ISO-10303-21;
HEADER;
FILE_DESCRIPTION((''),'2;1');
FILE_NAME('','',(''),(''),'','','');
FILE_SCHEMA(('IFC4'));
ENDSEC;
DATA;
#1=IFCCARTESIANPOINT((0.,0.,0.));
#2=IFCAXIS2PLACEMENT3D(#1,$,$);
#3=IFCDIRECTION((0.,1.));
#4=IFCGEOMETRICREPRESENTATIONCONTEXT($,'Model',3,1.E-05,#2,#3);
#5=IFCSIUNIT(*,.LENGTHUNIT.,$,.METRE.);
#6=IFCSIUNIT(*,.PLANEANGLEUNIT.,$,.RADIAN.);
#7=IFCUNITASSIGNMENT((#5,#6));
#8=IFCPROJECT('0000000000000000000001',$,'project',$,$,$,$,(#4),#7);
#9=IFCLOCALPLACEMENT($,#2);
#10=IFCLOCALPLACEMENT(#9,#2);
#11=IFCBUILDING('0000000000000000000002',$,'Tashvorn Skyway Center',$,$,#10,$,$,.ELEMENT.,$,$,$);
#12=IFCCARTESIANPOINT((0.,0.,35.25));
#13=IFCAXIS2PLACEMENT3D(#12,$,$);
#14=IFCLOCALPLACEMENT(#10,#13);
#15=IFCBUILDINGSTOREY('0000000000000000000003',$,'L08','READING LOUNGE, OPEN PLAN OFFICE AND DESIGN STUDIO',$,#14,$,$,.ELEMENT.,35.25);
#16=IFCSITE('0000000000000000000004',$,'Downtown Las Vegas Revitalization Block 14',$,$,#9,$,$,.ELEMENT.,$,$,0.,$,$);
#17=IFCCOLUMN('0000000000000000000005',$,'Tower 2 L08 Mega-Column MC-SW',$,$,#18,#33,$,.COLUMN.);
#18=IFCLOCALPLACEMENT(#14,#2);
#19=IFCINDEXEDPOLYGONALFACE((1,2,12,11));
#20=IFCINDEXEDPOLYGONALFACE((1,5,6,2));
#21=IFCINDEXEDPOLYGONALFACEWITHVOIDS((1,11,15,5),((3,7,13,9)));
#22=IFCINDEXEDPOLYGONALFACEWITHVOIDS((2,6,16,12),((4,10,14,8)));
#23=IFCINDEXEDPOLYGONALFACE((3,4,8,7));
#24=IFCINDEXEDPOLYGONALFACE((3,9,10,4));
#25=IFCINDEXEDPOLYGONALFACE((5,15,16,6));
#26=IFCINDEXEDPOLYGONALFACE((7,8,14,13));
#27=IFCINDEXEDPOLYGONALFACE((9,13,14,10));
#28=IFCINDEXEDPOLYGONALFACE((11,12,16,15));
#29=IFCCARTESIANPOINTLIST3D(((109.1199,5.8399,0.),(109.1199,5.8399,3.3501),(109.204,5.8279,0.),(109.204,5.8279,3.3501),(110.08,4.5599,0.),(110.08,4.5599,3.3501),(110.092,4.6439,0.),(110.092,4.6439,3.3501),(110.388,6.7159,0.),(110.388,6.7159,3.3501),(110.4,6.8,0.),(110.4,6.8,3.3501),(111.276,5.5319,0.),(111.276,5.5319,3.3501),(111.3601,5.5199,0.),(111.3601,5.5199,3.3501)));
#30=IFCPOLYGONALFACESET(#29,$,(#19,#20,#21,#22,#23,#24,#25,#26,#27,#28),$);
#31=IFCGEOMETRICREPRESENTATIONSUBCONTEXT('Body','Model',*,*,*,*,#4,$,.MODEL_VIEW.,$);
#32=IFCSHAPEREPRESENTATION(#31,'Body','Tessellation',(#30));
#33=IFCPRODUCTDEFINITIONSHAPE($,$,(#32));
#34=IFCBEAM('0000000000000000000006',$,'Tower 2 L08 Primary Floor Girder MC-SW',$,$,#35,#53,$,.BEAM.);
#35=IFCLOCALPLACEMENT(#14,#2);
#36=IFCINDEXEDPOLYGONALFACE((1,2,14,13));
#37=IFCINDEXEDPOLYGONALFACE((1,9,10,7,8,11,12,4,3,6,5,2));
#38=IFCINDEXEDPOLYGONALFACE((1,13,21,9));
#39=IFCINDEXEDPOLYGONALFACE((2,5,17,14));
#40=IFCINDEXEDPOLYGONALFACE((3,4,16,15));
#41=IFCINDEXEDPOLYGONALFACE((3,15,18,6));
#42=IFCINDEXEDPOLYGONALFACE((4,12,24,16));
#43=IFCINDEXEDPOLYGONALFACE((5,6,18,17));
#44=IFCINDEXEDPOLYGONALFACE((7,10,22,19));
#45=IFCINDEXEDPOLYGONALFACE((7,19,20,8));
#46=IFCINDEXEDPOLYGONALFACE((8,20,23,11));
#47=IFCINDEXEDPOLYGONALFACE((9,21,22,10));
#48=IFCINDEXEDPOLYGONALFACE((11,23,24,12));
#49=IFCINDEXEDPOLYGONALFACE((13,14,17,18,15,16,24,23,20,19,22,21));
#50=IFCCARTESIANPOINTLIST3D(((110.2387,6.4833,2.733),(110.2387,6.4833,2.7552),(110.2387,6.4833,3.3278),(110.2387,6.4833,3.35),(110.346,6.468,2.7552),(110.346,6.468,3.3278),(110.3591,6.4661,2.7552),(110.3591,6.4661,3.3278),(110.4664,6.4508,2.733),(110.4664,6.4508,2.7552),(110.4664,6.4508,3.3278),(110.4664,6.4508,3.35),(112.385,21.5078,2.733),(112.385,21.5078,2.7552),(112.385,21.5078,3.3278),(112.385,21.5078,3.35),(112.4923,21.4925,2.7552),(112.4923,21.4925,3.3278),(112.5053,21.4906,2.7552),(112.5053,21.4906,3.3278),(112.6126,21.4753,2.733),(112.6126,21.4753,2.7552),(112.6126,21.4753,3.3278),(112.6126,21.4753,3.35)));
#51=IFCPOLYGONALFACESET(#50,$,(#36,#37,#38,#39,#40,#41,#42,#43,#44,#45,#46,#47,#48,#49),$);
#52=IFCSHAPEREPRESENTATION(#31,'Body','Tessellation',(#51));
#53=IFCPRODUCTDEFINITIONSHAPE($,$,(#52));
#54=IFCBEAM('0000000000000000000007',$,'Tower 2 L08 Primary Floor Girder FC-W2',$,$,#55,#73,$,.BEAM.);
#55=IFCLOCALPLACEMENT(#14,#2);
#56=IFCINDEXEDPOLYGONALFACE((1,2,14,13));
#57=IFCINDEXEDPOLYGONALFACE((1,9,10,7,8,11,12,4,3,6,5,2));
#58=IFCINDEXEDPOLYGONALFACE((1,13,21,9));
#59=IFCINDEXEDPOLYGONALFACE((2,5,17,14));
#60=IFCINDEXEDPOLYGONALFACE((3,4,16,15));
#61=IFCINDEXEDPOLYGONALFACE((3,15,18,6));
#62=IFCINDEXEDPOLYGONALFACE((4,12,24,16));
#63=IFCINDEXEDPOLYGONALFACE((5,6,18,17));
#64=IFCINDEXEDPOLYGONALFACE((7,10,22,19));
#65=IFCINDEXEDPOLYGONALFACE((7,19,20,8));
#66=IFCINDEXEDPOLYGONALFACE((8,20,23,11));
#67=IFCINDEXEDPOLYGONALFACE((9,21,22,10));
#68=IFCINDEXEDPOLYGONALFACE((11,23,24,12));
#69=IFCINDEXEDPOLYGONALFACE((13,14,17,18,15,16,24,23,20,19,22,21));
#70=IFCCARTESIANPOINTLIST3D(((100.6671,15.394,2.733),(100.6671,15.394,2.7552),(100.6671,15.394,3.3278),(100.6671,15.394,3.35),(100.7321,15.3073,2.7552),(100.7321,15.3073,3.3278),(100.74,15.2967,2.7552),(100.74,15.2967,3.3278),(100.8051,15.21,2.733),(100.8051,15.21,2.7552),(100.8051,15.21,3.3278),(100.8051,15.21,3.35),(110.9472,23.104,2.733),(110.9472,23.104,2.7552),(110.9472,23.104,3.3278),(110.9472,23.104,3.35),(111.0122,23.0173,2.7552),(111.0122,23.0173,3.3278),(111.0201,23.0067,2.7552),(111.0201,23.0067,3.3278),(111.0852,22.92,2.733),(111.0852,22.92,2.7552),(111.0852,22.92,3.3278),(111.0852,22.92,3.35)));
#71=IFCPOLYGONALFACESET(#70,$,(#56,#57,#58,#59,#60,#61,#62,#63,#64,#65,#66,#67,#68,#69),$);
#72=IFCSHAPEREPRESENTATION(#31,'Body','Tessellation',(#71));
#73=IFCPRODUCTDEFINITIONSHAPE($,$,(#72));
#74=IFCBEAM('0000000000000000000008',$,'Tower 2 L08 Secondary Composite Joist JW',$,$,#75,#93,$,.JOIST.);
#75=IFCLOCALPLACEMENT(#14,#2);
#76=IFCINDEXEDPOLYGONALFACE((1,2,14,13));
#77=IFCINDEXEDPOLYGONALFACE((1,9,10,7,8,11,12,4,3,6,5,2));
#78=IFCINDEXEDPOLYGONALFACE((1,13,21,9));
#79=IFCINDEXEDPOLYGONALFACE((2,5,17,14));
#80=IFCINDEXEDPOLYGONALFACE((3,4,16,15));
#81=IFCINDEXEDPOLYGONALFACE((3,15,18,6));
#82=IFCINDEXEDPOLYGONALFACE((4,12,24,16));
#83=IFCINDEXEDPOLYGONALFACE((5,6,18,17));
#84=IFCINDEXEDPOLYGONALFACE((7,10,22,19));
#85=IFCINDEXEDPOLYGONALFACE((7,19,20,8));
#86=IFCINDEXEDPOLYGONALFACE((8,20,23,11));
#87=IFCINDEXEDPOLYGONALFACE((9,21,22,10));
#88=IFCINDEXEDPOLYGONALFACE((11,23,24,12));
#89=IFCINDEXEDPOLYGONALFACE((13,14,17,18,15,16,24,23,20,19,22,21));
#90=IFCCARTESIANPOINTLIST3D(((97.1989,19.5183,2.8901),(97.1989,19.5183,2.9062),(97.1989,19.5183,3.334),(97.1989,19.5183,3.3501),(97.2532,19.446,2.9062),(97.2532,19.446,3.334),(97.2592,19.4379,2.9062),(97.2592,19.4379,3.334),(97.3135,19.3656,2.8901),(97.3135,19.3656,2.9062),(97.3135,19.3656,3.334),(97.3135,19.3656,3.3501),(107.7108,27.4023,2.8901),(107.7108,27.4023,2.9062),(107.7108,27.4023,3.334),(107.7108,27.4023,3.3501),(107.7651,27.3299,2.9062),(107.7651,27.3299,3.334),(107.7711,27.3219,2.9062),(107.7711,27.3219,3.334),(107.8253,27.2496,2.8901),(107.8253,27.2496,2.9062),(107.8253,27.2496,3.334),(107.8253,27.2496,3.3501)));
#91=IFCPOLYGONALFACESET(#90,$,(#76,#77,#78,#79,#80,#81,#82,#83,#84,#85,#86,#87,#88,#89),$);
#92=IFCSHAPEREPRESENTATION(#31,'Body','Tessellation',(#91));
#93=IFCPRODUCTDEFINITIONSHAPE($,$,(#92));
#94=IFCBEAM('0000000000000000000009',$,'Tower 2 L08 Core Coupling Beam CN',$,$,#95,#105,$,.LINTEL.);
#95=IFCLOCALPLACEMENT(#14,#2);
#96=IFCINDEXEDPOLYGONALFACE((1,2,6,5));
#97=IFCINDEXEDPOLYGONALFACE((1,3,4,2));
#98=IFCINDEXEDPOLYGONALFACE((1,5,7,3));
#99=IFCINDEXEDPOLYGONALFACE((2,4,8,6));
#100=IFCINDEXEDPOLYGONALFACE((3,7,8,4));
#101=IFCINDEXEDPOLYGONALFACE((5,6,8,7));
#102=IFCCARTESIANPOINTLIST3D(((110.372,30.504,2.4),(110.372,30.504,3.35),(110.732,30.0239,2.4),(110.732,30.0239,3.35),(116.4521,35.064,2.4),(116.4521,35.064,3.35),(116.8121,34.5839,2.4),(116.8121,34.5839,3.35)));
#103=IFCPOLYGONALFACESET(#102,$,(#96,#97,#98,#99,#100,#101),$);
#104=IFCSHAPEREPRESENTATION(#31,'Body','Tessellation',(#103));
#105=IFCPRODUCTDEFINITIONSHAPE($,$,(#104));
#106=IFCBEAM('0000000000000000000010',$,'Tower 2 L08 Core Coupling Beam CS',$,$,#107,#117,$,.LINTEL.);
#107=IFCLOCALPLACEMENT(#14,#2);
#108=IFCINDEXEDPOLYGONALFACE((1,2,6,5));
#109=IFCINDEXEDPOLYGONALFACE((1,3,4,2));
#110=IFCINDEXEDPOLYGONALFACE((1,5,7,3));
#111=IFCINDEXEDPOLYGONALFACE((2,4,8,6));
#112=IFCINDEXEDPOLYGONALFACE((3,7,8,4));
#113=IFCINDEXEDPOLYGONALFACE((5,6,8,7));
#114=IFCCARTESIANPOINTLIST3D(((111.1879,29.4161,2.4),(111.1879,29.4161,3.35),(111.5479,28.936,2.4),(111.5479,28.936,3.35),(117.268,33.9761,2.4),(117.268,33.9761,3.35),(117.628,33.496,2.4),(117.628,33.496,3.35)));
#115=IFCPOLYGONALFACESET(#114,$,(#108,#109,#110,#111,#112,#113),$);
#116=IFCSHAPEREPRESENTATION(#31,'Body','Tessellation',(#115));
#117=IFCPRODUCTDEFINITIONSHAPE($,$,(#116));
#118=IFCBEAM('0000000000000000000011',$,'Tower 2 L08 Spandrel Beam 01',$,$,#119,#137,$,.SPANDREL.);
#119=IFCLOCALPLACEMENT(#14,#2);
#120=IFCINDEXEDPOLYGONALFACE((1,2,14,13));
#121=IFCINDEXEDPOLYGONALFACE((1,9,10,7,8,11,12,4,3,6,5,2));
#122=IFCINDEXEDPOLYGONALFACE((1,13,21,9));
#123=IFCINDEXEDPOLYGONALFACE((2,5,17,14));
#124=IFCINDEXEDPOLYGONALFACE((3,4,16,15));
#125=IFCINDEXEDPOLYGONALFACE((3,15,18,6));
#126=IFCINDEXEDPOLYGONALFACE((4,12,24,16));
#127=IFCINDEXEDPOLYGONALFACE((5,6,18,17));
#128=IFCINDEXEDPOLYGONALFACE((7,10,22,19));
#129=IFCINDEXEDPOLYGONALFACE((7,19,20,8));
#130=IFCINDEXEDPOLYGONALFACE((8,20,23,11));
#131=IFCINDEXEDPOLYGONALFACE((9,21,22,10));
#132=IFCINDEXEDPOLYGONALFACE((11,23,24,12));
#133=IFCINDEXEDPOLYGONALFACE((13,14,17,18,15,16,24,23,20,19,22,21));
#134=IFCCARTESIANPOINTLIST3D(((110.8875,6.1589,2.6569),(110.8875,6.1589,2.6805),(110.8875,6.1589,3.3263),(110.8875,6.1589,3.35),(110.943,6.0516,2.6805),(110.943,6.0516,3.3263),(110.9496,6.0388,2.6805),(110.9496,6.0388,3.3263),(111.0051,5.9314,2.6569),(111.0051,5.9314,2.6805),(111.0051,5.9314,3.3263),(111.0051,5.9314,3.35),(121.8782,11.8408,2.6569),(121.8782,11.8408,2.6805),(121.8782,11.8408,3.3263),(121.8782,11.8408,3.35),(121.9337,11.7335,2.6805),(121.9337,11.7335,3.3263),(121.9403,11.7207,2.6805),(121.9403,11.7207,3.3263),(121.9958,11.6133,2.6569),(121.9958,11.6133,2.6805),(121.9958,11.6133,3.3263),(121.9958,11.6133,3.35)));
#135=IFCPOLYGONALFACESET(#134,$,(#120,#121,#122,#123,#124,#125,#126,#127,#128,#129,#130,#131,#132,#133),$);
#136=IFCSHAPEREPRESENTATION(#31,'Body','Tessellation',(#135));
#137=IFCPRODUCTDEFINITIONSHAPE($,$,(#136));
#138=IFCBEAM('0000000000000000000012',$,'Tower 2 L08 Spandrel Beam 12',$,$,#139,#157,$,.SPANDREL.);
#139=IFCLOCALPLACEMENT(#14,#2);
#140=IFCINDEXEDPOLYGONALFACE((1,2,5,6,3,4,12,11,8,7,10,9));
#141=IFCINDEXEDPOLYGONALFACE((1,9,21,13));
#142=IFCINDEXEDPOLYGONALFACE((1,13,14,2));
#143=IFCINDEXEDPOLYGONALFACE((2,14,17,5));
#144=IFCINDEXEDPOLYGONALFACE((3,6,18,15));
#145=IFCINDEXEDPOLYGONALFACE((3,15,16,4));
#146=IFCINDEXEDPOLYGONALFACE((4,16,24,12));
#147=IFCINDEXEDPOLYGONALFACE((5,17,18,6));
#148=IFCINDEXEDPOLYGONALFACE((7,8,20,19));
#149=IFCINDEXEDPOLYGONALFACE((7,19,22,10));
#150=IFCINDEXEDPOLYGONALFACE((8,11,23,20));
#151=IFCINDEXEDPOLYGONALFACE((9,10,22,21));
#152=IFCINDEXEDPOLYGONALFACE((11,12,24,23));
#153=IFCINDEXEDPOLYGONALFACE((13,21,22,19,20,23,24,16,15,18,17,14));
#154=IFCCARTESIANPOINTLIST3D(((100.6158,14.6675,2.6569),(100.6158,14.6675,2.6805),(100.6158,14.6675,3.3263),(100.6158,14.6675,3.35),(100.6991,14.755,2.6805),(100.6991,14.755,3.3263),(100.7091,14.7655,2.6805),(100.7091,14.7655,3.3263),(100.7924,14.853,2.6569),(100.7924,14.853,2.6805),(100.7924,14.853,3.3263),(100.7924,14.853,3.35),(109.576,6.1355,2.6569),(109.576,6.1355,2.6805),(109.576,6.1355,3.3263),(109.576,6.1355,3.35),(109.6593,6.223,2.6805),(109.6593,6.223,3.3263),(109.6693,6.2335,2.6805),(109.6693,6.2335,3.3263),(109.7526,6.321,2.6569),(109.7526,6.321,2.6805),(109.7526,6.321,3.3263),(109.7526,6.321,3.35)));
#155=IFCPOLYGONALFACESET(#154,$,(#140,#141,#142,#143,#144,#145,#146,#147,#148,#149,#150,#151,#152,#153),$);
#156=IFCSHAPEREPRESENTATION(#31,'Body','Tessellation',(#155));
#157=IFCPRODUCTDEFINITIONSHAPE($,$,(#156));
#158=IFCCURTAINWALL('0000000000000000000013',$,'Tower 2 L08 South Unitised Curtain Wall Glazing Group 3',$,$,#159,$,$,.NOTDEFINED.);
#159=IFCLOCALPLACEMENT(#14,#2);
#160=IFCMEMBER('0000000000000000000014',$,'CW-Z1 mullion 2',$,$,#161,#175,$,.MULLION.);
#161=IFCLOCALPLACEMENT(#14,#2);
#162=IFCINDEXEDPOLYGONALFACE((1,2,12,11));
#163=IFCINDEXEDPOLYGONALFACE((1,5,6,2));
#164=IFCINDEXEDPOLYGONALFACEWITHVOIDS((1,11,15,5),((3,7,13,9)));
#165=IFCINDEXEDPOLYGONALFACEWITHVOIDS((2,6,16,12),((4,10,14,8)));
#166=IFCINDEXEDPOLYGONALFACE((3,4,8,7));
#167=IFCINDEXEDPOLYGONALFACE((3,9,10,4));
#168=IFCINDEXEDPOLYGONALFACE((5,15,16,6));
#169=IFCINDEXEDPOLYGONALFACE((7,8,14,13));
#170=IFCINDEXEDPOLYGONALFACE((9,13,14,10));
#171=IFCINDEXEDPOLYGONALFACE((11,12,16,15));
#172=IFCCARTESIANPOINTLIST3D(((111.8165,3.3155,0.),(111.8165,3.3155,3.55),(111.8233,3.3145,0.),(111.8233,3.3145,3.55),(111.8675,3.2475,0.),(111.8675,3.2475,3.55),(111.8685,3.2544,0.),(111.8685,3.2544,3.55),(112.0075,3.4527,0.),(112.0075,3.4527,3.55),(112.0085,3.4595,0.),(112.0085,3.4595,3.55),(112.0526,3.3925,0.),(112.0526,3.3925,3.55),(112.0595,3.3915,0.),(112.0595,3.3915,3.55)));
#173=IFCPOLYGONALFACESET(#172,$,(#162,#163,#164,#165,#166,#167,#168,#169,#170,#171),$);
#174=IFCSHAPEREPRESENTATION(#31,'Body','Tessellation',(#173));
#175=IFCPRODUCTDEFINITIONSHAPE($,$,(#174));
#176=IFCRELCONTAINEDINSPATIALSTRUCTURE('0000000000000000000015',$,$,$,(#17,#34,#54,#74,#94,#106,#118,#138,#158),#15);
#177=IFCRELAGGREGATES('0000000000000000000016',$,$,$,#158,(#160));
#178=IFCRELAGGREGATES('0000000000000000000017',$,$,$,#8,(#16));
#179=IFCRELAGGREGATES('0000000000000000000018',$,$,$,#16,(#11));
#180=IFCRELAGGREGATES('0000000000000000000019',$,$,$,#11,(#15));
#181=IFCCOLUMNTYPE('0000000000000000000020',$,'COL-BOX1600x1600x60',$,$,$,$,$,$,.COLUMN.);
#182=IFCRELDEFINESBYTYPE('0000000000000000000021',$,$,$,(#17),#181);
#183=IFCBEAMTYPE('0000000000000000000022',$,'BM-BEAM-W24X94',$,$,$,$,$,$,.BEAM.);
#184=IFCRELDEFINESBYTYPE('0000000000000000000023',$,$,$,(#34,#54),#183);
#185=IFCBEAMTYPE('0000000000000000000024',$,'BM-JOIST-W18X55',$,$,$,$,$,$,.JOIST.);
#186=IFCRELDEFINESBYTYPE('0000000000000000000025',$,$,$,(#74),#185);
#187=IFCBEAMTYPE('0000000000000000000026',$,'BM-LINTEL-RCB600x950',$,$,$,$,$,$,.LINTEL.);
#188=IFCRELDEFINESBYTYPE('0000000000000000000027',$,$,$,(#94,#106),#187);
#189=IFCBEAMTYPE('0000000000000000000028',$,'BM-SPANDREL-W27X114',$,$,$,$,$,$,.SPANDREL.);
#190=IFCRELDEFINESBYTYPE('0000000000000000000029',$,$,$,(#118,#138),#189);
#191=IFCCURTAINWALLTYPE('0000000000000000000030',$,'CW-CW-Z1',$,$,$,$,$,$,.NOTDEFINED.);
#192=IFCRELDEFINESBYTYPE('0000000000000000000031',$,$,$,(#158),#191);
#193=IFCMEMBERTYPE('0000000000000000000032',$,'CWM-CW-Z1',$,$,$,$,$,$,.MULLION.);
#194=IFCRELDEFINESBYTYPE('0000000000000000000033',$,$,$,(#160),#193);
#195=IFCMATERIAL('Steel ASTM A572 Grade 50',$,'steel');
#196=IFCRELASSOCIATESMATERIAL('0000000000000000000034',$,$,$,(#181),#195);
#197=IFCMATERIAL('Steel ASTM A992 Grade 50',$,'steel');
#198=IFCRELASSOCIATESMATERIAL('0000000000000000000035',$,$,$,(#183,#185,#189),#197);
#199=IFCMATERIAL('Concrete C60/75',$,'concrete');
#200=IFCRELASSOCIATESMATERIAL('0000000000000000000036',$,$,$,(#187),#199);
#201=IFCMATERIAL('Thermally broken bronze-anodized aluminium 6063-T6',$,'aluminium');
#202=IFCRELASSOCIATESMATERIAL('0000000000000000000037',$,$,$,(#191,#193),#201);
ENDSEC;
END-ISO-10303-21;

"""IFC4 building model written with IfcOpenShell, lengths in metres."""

from ifc_helpers import new_model, si_unit, direction, frame, origin, origin_2d, place, context, subcontext, project, spatial, rectangle, hollow_rectangle, i_section, extrude, material, material_profile, profile_set, type_object, element, aggregate, save


model = new_model("IFC4")

# Units and contexts
model_context = context("Model", 3, precision=1e-05, world=origin(), true_north=direction((0.0, 1.0)))
body_context = subcontext(model_context, "Body", "Model", "MODEL_VIEW")
ifc_project = project(units=[si_unit("LENGTHUNIT", "METRE"), si_unit("PLANEANGLEUNIT", "RADIAN")], contexts=[model_context])

# Site, building, storey
site_placement = place(None, origin())
site = spatial("IfcSite", under=ifc_project, at=site_placement, Name="Downtown Las Vegas Revitalization Block 14", CompositionType="ELEMENT", RefElevation=0.0)
building_placement = place(site_placement, origin())
building = spatial("IfcBuilding", under=site, at=building_placement, Name="Tashvorn Skyway Center", CompositionType="ELEMENT")
storey_placement = place(building_placement, frame((0.0, 0.0, 35.25)))
storey = spatial("IfcBuildingStorey", under=building, at=storey_placement, Name="L08", Description="READING LOUNGE, OPEN PLAN OFFICE AND DESIGN STUDIO", CompositionType="ELEMENT", Elevation=35.25)

# Column
ifc_material_1 = material(Name="Steel ASTM A572 Grade 50", Category="steel")
ifc_material_profile_1 = material_profile(ifc_material_1, hollow_rectangle(XDim=1.6001, YDim=1.6001, WallThickness=0.0601, at=origin_2d()), Name="BOX1600x1600x60")
ifc_profile_set_1 = profile_set([ifc_material_profile_1], Name="Steel ASTM A572 Grade 50")
column_type = type_object("IfcColumnType", Name="COL-BOX1600x1600x60", PredefinedType="COLUMN", material=ifc_profile_set_1)
column_placement = place(storey_placement, frame((110.24, 5.6799, 0.0), z_axis=(0.0, 0.0, 1.0), x_axis=(0.8, 0.6, 0.0)))
element("IfcColumn", 1, at=column_placement, inside=storey, type_object=column_type, Name="Tower 2 L08 Mega-Column MC-SW", PredefinedType="COLUMN", context=body_context, shape_type="SweptSolid", body=[
    extrude(hollow_rectangle(XDim=1.6001, YDim=1.6001, WallThickness=0.0601, at=origin_2d()), origin(), (0.0, 0.0, 1.0), 3.3501),
])

# Beams
ifc_material_2 = material(Name="Steel ASTM A992 Grade 50", Category="steel")
ifc_material_profile_2 = material_profile(ifc_material_2, i_section(OverallWidth=0.23, OverallDepth=0.6169, WebThickness=0.0132, FlangeThickness=0.0222, at=origin_2d()), Name="W24X94")
ifc_profile_set_2 = profile_set([ifc_material_profile_2], Name="Steel ASTM A992 Grade 50")
beam_type_1 = type_object("IfcBeamType", Name="BM-BEAM-W24X94", PredefinedType="BEAM", material=ifc_profile_set_2)
beam_1_placement = place(storey_placement, frame((110.3525, 6.467, 3.0415), z_axis=(0.141415, 0.98995, 0.0), x_axis=(-0.98995, 0.141415, 0.0)))
element("IfcBeam", 2, at=beam_1_placement, inside=storey, type_object=beam_type_1, Name="Tower 2 L08 Primary Floor Girder MC-SW", PredefinedType="BEAM", context=body_context, shape_type="SweptSolid", body=[
    extrude(i_section(OverallWidth=0.23, OverallDepth=0.6169, WebThickness=0.0132, FlangeThickness=0.0222, at=origin_2d()), origin(), (0.0, 0.0, 1.0), 15.177),
])
beam_2_placement = place(storey_placement, frame((100.7361, 15.302, 3.0415), z_axis=(0.800002, 0.599997, 0.0), x_axis=(-0.599997, 0.800002, 0.0)))
element("IfcBeam", 3, at=beam_2_placement, inside=storey, type_object=beam_type_1, Name="Tower 2 L08 Primary Floor Girder FC-W2", PredefinedType="BEAM", context=body_context, shape_type="SweptSolid", body=[
    extrude(i_section(OverallWidth=0.23, OverallDepth=0.6169, WebThickness=0.0132, FlangeThickness=0.0222, at=origin_2d()), origin(), (0.0, 0.0, 1.0), 12.8501),
])
ifc_material_profile_3 = material_profile(ifc_material_2, i_section(OverallWidth=0.1909, OverallDepth=0.46, WebThickness=0.01, FlangeThickness=0.0161, at=origin_2d()), Name="W18X55")
ifc_profile_set_3 = profile_set([ifc_material_profile_3], Name="Steel ASTM A992 Grade 50")
beam_type_2 = type_object("IfcBeamType", Name="BM-JOIST-W18X55", PredefinedType="JOIST", material=ifc_profile_set_3)
beam_3_placement = place(storey_placement, frame((107.7681, 27.3259, 3.1201), z_axis=(-0.799998, -0.600003, 0.0), x_axis=(0.600003, -0.799998, 0.0)))
element("IfcBeam", 4, at=beam_3_placement, inside=storey, type_object=beam_type_2, Name="Tower 2 L08 Secondary Composite Joist JW", PredefinedType="JOIST", context=body_context, shape_type="SweptSolid", body=[
    extrude(i_section(OverallWidth=0.1909, OverallDepth=0.46, WebThickness=0.01, FlangeThickness=0.0161, at=origin_2d()), origin(), (0.0, 0.0, 1.0), 13.1399),
])
ifc_material_3 = material(Name="Concrete C60/75", Category="concrete")
ifc_material_profile_4 = material_profile(ifc_material_3, rectangle(XDim=0.6001, YDim=0.95, at=origin_2d()), Name="RCB600x950")
ifc_profile_set_4 = profile_set([ifc_material_profile_4], Name="Concrete C60/75")
beam_type_3 = type_object("IfcBeamType", Name="BM-LINTEL-RCB600x950", PredefinedType="LINTEL", material=ifc_profile_set_4)
for number, where, z_axis, x_axis, name in (
    (5, (110.552, 30.2639, 2.875), (0.8, 0.6, 0.0), (-0.6, 0.8, 0.0), "Tower 2 L08 Core Coupling Beam CN"),
    (6, (111.3679, 29.176, 2.875), (0.8, 0.6, 0.0), (-0.6, 0.8, 0.0), "Tower 2 L08 Core Coupling Beam CS"),
):
    element("IfcBeam", number, at=place(storey_placement, frame(where, z_axis=z_axis, x_axis=x_axis)), inside=storey, type_object=beam_type_3, Name=name, PredefinedType="LINTEL", context=body_context, shape_type="SweptSolid", body=[
        extrude(rectangle(XDim=0.6001, YDim=0.95, at=origin_2d()), origin(), (0.0, 0.0, 1.0), 7.6001),
    ])
ifc_material_profile_5 = material_profile(ifc_material_2, i_section(OverallWidth=0.2561, OverallDepth=0.6931, WebThickness=0.0144, FlangeThickness=0.0237, at=origin_2d()), Name="W27X114")
ifc_profile_set_5 = profile_set([ifc_material_profile_5], Name="Steel ASTM A992 Grade 50")
beam_type_4 = type_object("IfcBeamType", Name="BM-SPANDREL-W27X114", PredefinedType="SPANDREL", material=ifc_profile_set_5)
for number, where, z_axis, x_axis, name in (
    (7, (110.9463, 6.0452, 3.0034), (0.888316, 0.459233, 0.0), (-0.459233, 0.888316, 0.0), "Tower 2 L08 Spandrel Beam 01"),
    (8, (100.7041, 14.7603, 3.0034), (0.7242, -0.68959, 0.0), (0.68959, 0.7242, 0.0), "Tower 2 L08 Spandrel Beam 12"),
):
    element("IfcBeam", number, at=place(storey_placement, frame(where, z_axis=z_axis, x_axis=x_axis)), inside=storey, type_object=beam_type_4, Name=name, PredefinedType="SPANDREL", context=body_context, shape_type="SweptSolid", body=[
        extrude(i_section(OverallWidth=0.2561, OverallDepth=0.6931, WebThickness=0.0144, FlangeThickness=0.0237, at=origin_2d()), origin(), (0.0, 0.0, 1.0), 12.3726),
    ])

# Curtain wall, member
ifc_material_4 = material(Name="Thermally broken bronze-anodized aluminium 6063-T6", Category="aluminium")
curtain_wall_type = type_object("IfcCurtainWallType", Name="CW-CW-Z1", PredefinedType="NOTDEFINED", material=ifc_material_4)
curtain_wall_1_placement = place(storey_placement, origin())
curtain_wall_1 = element("IfcCurtainWall", 9, at=curtain_wall_1_placement, inside=storey, type_object=curtain_wall_type, Name="Tower 2 L08 South Unitised Curtain Wall Glazing Group 3", PredefinedType="NOTDEFINED")
ifc_material_profile_6 = material_profile(ifc_material_4, hollow_rectangle(XDim=0.085, YDim=0.24, WallThickness=0.0049, at=origin_2d()), Name="ALU-MULL-85x240")
ifc_profile_set_6 = profile_set([ifc_material_profile_6], Name="Thermally broken bronze-anodized aluminium 6063-T6")
member_type_1 = type_object("IfcMemberType", Name="CWM-CW-Z1", PredefinedType="MULLION", material=ifc_profile_set_6)
member_1_placement = place(storey_placement, frame((111.938, 3.3535, 0.0), z_axis=(0.0, 0.0, 1.0), x_axis=(0.6, -0.8, 0.0)))
member_1 = element("IfcMember", 10, at=member_1_placement, type_object=member_type_1, Name="CW-Z1 mullion 2", PredefinedType="MULLION", context=body_context, shape_type="SweptSolid", body=[
    extrude(hollow_rectangle(XDim=0.085, YDim=0.24, WallThickness=0.0049, at=origin_2d()), origin(), (0.0, 0.0, 1.0), 3.55),
])
aggregate(curtain_wall_1, [member_1])

save(model, "model.ifc")
